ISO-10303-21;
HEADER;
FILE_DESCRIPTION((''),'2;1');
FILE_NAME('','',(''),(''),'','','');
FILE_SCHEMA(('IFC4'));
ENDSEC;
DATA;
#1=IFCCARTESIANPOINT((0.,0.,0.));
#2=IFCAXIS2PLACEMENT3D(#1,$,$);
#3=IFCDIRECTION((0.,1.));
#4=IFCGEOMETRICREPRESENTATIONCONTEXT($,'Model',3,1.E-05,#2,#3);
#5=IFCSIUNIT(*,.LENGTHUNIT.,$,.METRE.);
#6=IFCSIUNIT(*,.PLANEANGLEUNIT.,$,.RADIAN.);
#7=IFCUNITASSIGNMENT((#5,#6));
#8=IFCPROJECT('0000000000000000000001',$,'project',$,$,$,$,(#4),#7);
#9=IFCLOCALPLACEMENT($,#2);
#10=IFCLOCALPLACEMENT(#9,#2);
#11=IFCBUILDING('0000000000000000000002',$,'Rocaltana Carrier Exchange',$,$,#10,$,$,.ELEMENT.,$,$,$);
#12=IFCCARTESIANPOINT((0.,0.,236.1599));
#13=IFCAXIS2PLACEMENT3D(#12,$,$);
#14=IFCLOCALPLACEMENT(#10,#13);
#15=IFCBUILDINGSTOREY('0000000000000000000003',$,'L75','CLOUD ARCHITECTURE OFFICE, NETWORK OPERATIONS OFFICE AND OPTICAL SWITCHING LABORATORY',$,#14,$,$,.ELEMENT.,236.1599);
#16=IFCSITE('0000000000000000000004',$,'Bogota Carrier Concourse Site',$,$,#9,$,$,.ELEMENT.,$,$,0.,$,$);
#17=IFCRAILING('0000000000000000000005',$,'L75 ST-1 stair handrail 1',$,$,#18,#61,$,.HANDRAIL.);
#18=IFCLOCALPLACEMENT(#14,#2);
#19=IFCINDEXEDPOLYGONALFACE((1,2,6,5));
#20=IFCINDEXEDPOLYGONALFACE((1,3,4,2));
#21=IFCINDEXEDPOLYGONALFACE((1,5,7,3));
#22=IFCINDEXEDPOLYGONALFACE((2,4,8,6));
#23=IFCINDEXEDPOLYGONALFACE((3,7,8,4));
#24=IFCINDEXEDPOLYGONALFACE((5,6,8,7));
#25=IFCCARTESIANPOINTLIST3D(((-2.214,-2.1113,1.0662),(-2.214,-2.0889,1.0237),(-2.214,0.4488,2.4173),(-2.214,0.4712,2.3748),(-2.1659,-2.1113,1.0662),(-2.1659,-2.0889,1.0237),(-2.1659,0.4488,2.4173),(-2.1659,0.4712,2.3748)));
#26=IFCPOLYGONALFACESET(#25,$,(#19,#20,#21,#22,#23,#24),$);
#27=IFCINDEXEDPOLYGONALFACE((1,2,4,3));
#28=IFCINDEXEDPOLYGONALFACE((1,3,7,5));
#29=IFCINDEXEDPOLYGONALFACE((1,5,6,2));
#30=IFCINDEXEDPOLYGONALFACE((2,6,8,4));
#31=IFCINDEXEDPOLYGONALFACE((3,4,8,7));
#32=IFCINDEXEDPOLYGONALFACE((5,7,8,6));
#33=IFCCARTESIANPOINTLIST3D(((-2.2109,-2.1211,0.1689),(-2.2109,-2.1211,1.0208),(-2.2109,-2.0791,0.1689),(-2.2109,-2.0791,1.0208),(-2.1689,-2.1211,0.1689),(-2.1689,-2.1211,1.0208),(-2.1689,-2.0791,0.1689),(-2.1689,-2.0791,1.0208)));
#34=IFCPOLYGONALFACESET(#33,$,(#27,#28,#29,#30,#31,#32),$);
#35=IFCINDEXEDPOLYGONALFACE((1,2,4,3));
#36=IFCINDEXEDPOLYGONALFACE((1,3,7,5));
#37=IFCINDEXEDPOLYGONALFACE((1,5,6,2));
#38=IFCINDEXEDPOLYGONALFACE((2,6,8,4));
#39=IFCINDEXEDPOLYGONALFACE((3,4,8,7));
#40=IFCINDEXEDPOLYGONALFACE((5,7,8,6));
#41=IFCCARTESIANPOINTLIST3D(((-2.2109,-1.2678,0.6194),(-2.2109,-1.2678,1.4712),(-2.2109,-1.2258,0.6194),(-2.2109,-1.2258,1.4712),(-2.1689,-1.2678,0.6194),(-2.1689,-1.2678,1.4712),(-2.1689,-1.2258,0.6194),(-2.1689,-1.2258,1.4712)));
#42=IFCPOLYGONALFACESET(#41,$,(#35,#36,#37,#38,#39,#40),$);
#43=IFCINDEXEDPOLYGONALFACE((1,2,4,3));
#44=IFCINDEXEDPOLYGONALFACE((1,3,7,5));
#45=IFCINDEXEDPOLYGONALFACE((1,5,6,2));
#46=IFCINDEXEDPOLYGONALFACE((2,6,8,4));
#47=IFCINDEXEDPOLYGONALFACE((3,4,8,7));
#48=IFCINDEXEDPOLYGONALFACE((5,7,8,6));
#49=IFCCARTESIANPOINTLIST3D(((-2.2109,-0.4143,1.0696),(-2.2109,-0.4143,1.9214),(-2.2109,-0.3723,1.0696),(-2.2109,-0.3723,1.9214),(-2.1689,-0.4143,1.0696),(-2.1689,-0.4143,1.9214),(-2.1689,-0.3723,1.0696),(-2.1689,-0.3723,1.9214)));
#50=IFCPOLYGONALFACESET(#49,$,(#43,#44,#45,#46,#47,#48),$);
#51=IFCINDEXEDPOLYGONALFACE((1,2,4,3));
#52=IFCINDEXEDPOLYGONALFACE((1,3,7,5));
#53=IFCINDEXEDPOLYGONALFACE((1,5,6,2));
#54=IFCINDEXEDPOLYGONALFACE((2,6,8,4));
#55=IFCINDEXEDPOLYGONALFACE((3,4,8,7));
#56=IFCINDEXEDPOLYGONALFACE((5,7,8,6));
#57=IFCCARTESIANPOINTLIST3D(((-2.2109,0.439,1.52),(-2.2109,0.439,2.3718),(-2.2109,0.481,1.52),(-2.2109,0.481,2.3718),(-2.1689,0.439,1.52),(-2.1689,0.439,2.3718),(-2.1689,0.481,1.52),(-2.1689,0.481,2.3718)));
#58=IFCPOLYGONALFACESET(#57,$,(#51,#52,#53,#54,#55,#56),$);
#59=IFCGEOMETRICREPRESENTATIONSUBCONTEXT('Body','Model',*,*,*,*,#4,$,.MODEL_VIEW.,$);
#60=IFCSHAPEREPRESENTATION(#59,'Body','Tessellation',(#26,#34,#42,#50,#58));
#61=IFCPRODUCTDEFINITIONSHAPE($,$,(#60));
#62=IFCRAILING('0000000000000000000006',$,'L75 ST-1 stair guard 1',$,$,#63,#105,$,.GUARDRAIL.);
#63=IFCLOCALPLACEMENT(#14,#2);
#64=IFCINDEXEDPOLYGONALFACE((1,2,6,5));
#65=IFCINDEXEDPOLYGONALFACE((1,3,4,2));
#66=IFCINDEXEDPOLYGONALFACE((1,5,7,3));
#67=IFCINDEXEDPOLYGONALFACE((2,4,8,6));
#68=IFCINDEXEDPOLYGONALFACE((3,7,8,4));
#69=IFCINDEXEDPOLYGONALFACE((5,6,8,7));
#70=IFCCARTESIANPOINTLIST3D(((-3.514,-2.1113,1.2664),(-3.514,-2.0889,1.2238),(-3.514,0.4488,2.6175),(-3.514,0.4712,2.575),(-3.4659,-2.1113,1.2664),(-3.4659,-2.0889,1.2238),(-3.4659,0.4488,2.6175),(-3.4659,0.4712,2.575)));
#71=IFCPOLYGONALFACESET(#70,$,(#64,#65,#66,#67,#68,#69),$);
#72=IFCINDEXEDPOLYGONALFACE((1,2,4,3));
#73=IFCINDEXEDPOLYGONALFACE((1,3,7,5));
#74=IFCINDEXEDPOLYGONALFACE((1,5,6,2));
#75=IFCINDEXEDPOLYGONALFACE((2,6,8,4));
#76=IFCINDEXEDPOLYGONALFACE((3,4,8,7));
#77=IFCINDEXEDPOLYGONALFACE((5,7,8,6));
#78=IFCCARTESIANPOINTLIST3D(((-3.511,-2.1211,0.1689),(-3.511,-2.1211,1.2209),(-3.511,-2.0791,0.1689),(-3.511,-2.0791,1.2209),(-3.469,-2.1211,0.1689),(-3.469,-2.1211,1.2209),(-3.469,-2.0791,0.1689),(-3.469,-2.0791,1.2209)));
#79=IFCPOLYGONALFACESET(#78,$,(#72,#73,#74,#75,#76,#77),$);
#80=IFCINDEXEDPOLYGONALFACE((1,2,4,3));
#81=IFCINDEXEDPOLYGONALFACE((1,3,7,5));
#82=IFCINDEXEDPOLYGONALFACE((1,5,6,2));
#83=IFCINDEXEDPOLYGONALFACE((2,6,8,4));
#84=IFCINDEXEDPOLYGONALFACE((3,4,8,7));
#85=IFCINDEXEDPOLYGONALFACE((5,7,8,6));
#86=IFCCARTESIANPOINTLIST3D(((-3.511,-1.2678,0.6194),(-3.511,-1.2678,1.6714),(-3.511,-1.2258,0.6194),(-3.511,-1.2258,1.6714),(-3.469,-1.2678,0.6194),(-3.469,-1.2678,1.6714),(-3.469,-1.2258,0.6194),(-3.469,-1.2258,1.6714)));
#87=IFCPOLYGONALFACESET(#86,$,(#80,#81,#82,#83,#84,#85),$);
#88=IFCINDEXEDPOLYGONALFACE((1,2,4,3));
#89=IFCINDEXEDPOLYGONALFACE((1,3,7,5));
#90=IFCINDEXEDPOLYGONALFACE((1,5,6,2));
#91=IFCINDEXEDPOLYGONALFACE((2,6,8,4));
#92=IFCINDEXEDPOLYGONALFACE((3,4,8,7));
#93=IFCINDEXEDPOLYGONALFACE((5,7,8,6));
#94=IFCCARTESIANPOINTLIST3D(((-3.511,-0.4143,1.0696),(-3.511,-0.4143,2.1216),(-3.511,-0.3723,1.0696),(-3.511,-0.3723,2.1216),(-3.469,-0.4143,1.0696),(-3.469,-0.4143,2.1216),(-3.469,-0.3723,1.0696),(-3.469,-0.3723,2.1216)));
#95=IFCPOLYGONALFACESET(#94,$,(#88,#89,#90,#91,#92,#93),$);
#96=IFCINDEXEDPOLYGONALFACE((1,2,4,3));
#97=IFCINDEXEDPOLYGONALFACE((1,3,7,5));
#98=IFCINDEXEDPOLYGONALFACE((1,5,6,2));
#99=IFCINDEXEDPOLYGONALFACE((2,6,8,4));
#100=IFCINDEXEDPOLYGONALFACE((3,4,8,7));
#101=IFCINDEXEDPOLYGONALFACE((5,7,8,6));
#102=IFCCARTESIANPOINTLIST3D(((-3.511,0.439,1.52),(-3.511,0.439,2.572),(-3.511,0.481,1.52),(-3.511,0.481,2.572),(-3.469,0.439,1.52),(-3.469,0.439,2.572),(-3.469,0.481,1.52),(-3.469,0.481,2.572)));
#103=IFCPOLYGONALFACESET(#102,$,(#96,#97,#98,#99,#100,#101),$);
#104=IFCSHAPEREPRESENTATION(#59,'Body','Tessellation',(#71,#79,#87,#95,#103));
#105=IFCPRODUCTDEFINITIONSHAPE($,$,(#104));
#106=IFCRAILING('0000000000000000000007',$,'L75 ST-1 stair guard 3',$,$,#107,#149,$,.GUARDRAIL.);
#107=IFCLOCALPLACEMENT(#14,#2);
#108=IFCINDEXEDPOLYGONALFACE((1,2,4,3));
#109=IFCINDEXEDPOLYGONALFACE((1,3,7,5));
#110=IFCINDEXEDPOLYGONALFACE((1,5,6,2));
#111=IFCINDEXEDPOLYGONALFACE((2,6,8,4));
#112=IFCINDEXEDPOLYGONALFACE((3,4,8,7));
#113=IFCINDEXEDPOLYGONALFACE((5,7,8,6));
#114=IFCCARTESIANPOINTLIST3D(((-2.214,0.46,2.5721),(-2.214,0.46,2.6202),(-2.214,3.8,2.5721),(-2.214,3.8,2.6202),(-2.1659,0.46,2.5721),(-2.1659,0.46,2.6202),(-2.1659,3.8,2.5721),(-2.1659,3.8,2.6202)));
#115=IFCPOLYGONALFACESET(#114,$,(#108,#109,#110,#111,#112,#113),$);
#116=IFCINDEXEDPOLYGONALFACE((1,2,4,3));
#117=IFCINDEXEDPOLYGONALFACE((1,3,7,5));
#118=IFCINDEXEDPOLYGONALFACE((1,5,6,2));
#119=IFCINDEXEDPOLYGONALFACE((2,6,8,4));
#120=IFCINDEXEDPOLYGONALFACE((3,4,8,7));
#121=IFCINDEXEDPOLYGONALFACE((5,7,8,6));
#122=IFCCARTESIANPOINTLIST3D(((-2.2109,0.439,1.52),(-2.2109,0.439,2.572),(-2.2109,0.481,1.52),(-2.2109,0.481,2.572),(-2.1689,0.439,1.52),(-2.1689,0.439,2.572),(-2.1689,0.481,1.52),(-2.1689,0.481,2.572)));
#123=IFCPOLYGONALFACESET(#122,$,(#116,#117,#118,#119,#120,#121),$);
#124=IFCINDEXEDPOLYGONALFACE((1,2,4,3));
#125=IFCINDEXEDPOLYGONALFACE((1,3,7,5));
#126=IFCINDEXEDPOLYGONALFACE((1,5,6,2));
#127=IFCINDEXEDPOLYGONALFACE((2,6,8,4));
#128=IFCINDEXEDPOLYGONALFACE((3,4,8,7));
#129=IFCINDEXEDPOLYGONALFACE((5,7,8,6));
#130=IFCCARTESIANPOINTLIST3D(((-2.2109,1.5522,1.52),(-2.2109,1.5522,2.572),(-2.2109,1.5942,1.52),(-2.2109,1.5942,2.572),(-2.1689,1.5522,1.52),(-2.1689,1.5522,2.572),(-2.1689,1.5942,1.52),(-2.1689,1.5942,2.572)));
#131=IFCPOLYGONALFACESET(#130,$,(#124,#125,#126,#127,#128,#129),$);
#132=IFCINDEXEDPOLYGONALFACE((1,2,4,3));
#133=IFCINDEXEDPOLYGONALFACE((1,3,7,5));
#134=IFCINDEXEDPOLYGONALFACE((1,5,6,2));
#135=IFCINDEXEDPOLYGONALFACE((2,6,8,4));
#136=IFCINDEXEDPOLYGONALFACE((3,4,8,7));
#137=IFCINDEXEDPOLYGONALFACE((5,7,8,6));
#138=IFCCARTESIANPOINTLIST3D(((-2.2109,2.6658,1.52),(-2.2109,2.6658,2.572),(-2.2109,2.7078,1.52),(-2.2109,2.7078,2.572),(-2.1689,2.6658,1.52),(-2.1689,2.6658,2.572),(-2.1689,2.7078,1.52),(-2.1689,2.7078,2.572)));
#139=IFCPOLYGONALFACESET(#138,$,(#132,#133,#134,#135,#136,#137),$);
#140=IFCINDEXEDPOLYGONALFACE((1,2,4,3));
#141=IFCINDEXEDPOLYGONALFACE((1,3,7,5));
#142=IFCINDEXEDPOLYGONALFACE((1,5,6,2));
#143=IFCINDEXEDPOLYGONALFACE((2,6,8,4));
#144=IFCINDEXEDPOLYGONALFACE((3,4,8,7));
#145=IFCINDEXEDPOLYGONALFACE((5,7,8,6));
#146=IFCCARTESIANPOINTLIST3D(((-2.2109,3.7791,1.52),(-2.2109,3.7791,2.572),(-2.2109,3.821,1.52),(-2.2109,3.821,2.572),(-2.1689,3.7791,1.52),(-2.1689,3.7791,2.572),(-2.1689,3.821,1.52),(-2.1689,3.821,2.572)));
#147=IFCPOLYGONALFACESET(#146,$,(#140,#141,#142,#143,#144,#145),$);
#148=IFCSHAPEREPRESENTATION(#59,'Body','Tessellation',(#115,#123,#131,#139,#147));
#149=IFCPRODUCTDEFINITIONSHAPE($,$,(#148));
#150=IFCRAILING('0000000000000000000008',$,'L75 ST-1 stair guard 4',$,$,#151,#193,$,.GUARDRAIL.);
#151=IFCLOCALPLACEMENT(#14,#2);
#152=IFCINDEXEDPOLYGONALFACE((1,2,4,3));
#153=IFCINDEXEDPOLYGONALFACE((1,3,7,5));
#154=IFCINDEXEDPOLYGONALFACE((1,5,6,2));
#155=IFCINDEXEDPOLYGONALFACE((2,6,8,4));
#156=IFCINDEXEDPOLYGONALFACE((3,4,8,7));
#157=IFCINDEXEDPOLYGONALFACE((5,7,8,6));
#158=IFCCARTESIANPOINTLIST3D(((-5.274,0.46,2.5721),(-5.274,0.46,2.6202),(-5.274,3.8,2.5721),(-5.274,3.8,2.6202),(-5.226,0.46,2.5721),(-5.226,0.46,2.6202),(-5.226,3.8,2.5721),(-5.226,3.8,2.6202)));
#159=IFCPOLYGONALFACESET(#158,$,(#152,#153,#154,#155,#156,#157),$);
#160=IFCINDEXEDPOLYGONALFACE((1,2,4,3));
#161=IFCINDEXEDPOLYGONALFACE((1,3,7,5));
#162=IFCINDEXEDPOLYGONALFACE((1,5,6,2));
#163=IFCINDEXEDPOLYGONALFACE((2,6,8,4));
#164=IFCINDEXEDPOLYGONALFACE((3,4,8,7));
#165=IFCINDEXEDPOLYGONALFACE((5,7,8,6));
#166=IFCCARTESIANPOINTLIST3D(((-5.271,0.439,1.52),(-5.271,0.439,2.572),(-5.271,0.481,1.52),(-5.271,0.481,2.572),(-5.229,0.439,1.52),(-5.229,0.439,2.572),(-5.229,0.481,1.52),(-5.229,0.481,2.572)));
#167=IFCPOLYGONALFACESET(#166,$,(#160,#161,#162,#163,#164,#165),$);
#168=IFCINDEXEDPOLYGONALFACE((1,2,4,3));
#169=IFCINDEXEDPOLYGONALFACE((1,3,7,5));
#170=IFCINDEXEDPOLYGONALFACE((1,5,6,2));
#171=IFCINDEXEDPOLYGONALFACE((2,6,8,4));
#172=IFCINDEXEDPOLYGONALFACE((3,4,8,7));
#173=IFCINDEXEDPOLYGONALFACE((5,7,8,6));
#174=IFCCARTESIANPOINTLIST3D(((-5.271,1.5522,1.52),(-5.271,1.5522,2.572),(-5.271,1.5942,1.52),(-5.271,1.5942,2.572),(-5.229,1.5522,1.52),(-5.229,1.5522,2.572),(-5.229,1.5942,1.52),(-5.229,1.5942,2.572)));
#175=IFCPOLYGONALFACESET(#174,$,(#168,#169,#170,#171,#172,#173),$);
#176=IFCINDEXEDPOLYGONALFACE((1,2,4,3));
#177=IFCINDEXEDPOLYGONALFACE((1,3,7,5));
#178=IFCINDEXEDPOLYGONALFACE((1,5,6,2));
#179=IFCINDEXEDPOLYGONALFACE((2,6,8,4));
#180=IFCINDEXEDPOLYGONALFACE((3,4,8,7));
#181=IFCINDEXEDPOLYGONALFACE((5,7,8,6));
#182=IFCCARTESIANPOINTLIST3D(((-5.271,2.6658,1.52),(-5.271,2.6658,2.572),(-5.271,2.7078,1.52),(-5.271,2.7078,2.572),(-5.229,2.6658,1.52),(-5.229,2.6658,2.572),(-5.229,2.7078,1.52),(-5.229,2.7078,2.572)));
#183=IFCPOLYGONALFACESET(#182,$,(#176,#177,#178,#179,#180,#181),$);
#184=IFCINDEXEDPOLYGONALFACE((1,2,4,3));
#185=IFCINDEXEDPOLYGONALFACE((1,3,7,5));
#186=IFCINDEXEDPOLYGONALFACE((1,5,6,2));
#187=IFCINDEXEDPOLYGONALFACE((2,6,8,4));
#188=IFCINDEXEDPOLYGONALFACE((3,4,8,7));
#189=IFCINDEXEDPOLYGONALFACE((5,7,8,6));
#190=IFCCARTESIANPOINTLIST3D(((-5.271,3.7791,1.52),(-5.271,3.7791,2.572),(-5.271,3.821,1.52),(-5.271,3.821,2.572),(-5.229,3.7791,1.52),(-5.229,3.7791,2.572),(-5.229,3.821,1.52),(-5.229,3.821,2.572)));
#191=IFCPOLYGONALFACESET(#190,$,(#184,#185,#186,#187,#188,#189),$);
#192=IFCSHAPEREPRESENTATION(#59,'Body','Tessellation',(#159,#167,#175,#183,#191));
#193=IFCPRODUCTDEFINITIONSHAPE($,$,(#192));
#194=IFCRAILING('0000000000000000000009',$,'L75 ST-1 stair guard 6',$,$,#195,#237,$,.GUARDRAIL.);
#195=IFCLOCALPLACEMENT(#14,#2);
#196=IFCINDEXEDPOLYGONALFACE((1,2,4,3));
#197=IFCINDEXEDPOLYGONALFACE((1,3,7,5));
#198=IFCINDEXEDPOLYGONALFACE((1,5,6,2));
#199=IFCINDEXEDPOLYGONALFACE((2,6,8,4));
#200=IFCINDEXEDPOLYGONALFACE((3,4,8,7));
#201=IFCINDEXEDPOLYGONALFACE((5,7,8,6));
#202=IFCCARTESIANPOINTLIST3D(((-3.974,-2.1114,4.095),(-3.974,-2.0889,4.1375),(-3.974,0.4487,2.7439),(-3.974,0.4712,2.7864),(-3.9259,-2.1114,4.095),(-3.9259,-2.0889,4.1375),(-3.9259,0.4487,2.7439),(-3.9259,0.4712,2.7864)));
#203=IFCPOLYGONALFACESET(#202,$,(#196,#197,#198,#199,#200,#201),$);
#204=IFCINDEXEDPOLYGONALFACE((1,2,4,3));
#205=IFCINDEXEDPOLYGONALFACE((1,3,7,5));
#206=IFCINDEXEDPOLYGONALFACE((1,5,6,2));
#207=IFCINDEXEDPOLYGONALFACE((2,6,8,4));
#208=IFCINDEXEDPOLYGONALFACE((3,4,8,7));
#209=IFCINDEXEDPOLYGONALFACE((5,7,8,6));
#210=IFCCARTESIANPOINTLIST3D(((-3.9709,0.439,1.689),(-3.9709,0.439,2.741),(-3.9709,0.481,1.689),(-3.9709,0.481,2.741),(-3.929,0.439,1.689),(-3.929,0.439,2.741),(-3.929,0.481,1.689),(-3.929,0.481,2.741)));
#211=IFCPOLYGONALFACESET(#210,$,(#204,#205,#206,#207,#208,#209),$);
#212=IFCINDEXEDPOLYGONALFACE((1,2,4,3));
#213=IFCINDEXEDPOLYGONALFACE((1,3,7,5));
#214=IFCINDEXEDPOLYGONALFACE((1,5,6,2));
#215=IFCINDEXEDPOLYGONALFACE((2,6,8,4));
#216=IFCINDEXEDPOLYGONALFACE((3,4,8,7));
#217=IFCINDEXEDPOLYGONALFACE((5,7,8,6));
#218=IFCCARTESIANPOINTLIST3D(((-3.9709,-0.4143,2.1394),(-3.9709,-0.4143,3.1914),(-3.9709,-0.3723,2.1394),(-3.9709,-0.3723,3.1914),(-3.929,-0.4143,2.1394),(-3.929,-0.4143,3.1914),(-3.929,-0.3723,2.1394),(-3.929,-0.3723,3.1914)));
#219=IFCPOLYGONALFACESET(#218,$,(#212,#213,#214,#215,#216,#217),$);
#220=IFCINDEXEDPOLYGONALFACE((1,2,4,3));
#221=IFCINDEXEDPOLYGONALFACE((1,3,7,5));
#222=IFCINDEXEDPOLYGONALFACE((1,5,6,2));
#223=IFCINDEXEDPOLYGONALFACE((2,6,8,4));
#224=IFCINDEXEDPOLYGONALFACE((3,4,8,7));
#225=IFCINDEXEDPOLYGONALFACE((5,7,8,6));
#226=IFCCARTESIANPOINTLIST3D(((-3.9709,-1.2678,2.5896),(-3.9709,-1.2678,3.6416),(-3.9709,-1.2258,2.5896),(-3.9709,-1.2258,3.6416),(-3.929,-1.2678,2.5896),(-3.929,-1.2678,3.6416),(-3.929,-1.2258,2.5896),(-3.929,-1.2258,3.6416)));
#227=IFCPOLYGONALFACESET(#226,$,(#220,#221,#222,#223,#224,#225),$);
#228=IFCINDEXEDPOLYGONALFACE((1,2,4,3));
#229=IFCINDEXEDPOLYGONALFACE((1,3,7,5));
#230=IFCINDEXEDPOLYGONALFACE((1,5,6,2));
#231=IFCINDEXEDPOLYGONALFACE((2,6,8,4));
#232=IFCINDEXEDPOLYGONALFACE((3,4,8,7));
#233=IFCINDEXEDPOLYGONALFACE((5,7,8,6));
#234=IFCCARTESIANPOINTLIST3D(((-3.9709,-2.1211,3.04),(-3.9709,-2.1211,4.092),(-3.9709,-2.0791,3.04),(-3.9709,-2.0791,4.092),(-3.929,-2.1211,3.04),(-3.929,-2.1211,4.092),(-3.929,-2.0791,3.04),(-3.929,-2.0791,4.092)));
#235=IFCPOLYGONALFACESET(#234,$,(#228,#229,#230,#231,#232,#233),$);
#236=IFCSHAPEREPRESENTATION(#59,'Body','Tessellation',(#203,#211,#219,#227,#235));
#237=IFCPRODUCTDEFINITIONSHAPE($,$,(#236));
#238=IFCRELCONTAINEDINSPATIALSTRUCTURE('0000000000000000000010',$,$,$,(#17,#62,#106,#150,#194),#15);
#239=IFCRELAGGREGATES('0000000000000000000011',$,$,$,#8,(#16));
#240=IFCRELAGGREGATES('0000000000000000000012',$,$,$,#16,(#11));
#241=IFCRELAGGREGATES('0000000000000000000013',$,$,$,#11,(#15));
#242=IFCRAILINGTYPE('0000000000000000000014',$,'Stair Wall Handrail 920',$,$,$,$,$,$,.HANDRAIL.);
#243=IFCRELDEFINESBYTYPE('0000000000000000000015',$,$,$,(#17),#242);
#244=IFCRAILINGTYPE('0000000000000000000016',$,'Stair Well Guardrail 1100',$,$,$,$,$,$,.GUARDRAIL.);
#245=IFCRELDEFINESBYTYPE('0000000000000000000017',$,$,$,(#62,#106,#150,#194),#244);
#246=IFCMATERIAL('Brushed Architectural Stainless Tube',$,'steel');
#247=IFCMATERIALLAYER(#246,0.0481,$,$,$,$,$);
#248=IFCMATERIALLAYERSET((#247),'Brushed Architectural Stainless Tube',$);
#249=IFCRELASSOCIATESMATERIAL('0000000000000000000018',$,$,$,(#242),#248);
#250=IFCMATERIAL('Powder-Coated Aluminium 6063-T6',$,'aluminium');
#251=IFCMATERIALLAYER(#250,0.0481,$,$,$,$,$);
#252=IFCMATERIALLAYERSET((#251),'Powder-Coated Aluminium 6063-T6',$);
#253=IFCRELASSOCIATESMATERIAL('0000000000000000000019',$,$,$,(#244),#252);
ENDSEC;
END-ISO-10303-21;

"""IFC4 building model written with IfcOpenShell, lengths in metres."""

from ifc_helpers import new_model, si_unit, direction, frame, origin, origin_2d, place, context, subcontext, project, spatial, rectangle, extrude, material, layer, layer_set, type_object, element, save


model = new_model("IFC4")

# Units and contexts
model_context = context("Model", 3, precision=1e-05, world=origin(), true_north=direction((0.0, 1.0)))
body_context = subcontext(model_context, "Body", "Model", "MODEL_VIEW")
ifc_project = project(units=[si_unit("LENGTHUNIT", "METRE"), si_unit("PLANEANGLEUNIT", "RADIAN")], contexts=[model_context])

# Site, building, storey
site_placement = place(None, origin())
site = spatial("IfcSite", under=ifc_project, at=site_placement, Name="Bogota Carrier Concourse Site", CompositionType="ELEMENT", RefElevation=0.0)
building_placement = place(site_placement, origin())
building = spatial("IfcBuilding", under=site, at=building_placement, Name="Rocaltana Carrier Exchange", CompositionType="ELEMENT")
storey_placement = place(building_placement, frame((0.0, 0.0, 236.1599)))
storey = spatial("IfcBuildingStorey", under=building, at=storey_placement, Name="L75", Description="CLOUD ARCHITECTURE OFFICE, NETWORK OPERATIONS OFFICE AND OPTICAL SWITCHING LABORATORY", CompositionType="ELEMENT", Elevation=236.1599)

# Railings
ifc_material_1 = material(Name="Brushed Architectural Stainless Tube", Category="steel")
ifc_layer_1 = layer(ifc_material_1, 0.0481)
ifc_layer_set_1 = layer_set([ifc_layer_1], Name="Brushed Architectural Stainless Tube")
railing_type_1 = type_object("IfcRailingType", Name="Stair Wall Handrail 920", PredefinedType="HANDRAIL", material=ifc_layer_set_1)
railing_1_placement = place(storey_placement, frame((-2.1899, -2.1001, 0.1689)))
element("IfcRailing", 1, at=railing_1_placement, inside=storey, type_object=railing_type_1, Name="L75 ST-1 stair handrail 1", PredefinedType="HANDRAIL", context=body_context, shape_type="SweptSolid", body=[
    extrude(rectangle(XDim=0.0481, YDim=0.0481, at=origin_2d()), frame((0.0, 0.0, 0.876), z_axis=(0.0, 0.884394, 0.46674), x_axis=(-1.0, 0.0, 0.0)), (0.0, 0.0, 1.0), 2.8948),
    extrude(rectangle(XDim=0.042, YDim=0.042, at=origin_2d()), origin(), (0.0, 0.0, 1.0), 0.8518),
    extrude(rectangle(XDim=0.042, YDim=0.042, at=origin_2d()), frame((0.0, 0.8533, 0.4504)), (0.0, 0.0, 1.0), 0.8518),
    extrude(rectangle(XDim=0.042, YDim=0.042, at=origin_2d()), frame((0.0, 1.7068, 0.9006)), (0.0, 0.0, 1.0), 0.8518),
    extrude(rectangle(XDim=0.042, YDim=0.042, at=origin_2d()), frame((0.0, 2.5601, 1.3511)), (0.0, 0.0, 1.0), 0.8518),
])
ifc_material_2 = material(Name="Powder-Coated Aluminium 6063-T6", Category="aluminium")
ifc_layer_2 = layer(ifc_material_2, 0.0481)
ifc_layer_set_2 = layer_set([ifc_layer_2], Name="Powder-Coated Aluminium 6063-T6")
railing_type_2 = type_object("IfcRailingType", Name="Stair Well Guardrail 1100", PredefinedType="GUARDRAIL", material=ifc_layer_set_2)
railing_2_placement = place(storey_placement, frame((-3.49, -2.1001, 0.1689)))
element("IfcRailing", 2, at=railing_2_placement, inside=storey, type_object=railing_type_2, Name="L75 ST-1 stair guard 1", PredefinedType="GUARDRAIL", context=body_context, shape_type="SweptSolid", body=[
    extrude(rectangle(XDim=0.0481, YDim=0.0481, at=origin_2d()), frame((0.0, 0.0, 1.0762), z_axis=(0.0, 0.884394, 0.46674), x_axis=(-1.0, 0.0, 0.0)), (0.0, 0.0, 1.0), 2.8948),
    extrude(rectangle(XDim=0.042, YDim=0.042, at=origin_2d()), origin(), (0.0, 0.0, 1.0), 1.052),
    extrude(rectangle(XDim=0.042, YDim=0.042, at=origin_2d()), frame((0.0, 0.8533, 0.4504)), (0.0, 0.0, 1.0), 1.052),
    extrude(rectangle(XDim=0.042, YDim=0.042, at=origin_2d()), frame((0.0, 1.7068, 0.9006)), (0.0, 0.0, 1.0), 1.052),
    extrude(rectangle(XDim=0.042, YDim=0.042, at=origin_2d()), frame((0.0, 2.5601, 1.3511)), (0.0, 0.0, 1.0), 1.052),
])
for number, where, name in (
    (3, (-2.1899, 0.46, 1.52), "L75 ST-1 stair guard 3"),
    (4, (-5.25, 0.46, 1.52), "L75 ST-1 stair guard 4"),
):
    element("IfcRailing", number, at=place(storey_placement, frame(where)), inside=storey, type_object=railing_type_2, Name=name, PredefinedType="GUARDRAIL", context=body_context, shape_type="SweptSolid", body=[
        extrude(rectangle(XDim=0.0481, YDim=0.0481, at=origin_2d()), frame((0.0, 0.0, 1.0762), z_axis=(0.0, 1.0, 0.0), x_axis=(-1.0, 0.0, 0.0)), (0.0, 0.0, 1.0), 3.3401),
        extrude(rectangle(XDim=0.042, YDim=0.042, at=origin_2d()), origin(), (0.0, 0.0, 1.0), 1.052),
        extrude(rectangle(XDim=0.042, YDim=0.042, at=origin_2d()), frame((0.0, 1.1133, 0.0)), (0.0, 0.0, 1.0), 1.052),
        extrude(rectangle(XDim=0.042, YDim=0.042, at=origin_2d()), frame((0.0, 2.2268, 0.0)), (0.0, 0.0, 1.0), 1.052),
        extrude(rectangle(XDim=0.042, YDim=0.042, at=origin_2d()), frame((0.0, 3.3401, 0.0)), (0.0, 0.0, 1.0), 1.052),
    ])
railing_3_placement = place(storey_placement, frame((-3.95, 0.46, 1.689)))
element("IfcRailing", 5, at=railing_3_placement, inside=storey, type_object=railing_type_2, Name="L75 ST-1 stair guard 6", PredefinedType="GUARDRAIL", context=body_context, shape_type="SweptSolid", body=[
    extrude(rectangle(XDim=0.0481, YDim=0.0481, at=origin_2d()), frame((0.0, 0.0, 1.0762), z_axis=(0.0, -0.884394, 0.46674), x_axis=(1.0, 0.0, 0.0)), (0.0, 0.0, 1.0), 2.8948),
    extrude(rectangle(XDim=0.042, YDim=0.042, at=origin_2d()), origin(), (0.0, 0.0, 1.0), 1.052),
    extrude(rectangle(XDim=0.042, YDim=0.042, at=origin_2d()), frame((0.0, -0.8533, 0.4504)), (0.0, 0.0, 1.0), 1.052),
    extrude(rectangle(XDim=0.042, YDim=0.042, at=origin_2d()), frame((0.0, -1.7068, 0.9006)), (0.0, 0.0, 1.0), 1.052),
    extrude(rectangle(XDim=0.042, YDim=0.042, at=origin_2d()), frame((0.0, -2.5601, 1.3511)), (0.0, 0.0, 1.0), 1.052),
])

save(model, "model.ifc")
